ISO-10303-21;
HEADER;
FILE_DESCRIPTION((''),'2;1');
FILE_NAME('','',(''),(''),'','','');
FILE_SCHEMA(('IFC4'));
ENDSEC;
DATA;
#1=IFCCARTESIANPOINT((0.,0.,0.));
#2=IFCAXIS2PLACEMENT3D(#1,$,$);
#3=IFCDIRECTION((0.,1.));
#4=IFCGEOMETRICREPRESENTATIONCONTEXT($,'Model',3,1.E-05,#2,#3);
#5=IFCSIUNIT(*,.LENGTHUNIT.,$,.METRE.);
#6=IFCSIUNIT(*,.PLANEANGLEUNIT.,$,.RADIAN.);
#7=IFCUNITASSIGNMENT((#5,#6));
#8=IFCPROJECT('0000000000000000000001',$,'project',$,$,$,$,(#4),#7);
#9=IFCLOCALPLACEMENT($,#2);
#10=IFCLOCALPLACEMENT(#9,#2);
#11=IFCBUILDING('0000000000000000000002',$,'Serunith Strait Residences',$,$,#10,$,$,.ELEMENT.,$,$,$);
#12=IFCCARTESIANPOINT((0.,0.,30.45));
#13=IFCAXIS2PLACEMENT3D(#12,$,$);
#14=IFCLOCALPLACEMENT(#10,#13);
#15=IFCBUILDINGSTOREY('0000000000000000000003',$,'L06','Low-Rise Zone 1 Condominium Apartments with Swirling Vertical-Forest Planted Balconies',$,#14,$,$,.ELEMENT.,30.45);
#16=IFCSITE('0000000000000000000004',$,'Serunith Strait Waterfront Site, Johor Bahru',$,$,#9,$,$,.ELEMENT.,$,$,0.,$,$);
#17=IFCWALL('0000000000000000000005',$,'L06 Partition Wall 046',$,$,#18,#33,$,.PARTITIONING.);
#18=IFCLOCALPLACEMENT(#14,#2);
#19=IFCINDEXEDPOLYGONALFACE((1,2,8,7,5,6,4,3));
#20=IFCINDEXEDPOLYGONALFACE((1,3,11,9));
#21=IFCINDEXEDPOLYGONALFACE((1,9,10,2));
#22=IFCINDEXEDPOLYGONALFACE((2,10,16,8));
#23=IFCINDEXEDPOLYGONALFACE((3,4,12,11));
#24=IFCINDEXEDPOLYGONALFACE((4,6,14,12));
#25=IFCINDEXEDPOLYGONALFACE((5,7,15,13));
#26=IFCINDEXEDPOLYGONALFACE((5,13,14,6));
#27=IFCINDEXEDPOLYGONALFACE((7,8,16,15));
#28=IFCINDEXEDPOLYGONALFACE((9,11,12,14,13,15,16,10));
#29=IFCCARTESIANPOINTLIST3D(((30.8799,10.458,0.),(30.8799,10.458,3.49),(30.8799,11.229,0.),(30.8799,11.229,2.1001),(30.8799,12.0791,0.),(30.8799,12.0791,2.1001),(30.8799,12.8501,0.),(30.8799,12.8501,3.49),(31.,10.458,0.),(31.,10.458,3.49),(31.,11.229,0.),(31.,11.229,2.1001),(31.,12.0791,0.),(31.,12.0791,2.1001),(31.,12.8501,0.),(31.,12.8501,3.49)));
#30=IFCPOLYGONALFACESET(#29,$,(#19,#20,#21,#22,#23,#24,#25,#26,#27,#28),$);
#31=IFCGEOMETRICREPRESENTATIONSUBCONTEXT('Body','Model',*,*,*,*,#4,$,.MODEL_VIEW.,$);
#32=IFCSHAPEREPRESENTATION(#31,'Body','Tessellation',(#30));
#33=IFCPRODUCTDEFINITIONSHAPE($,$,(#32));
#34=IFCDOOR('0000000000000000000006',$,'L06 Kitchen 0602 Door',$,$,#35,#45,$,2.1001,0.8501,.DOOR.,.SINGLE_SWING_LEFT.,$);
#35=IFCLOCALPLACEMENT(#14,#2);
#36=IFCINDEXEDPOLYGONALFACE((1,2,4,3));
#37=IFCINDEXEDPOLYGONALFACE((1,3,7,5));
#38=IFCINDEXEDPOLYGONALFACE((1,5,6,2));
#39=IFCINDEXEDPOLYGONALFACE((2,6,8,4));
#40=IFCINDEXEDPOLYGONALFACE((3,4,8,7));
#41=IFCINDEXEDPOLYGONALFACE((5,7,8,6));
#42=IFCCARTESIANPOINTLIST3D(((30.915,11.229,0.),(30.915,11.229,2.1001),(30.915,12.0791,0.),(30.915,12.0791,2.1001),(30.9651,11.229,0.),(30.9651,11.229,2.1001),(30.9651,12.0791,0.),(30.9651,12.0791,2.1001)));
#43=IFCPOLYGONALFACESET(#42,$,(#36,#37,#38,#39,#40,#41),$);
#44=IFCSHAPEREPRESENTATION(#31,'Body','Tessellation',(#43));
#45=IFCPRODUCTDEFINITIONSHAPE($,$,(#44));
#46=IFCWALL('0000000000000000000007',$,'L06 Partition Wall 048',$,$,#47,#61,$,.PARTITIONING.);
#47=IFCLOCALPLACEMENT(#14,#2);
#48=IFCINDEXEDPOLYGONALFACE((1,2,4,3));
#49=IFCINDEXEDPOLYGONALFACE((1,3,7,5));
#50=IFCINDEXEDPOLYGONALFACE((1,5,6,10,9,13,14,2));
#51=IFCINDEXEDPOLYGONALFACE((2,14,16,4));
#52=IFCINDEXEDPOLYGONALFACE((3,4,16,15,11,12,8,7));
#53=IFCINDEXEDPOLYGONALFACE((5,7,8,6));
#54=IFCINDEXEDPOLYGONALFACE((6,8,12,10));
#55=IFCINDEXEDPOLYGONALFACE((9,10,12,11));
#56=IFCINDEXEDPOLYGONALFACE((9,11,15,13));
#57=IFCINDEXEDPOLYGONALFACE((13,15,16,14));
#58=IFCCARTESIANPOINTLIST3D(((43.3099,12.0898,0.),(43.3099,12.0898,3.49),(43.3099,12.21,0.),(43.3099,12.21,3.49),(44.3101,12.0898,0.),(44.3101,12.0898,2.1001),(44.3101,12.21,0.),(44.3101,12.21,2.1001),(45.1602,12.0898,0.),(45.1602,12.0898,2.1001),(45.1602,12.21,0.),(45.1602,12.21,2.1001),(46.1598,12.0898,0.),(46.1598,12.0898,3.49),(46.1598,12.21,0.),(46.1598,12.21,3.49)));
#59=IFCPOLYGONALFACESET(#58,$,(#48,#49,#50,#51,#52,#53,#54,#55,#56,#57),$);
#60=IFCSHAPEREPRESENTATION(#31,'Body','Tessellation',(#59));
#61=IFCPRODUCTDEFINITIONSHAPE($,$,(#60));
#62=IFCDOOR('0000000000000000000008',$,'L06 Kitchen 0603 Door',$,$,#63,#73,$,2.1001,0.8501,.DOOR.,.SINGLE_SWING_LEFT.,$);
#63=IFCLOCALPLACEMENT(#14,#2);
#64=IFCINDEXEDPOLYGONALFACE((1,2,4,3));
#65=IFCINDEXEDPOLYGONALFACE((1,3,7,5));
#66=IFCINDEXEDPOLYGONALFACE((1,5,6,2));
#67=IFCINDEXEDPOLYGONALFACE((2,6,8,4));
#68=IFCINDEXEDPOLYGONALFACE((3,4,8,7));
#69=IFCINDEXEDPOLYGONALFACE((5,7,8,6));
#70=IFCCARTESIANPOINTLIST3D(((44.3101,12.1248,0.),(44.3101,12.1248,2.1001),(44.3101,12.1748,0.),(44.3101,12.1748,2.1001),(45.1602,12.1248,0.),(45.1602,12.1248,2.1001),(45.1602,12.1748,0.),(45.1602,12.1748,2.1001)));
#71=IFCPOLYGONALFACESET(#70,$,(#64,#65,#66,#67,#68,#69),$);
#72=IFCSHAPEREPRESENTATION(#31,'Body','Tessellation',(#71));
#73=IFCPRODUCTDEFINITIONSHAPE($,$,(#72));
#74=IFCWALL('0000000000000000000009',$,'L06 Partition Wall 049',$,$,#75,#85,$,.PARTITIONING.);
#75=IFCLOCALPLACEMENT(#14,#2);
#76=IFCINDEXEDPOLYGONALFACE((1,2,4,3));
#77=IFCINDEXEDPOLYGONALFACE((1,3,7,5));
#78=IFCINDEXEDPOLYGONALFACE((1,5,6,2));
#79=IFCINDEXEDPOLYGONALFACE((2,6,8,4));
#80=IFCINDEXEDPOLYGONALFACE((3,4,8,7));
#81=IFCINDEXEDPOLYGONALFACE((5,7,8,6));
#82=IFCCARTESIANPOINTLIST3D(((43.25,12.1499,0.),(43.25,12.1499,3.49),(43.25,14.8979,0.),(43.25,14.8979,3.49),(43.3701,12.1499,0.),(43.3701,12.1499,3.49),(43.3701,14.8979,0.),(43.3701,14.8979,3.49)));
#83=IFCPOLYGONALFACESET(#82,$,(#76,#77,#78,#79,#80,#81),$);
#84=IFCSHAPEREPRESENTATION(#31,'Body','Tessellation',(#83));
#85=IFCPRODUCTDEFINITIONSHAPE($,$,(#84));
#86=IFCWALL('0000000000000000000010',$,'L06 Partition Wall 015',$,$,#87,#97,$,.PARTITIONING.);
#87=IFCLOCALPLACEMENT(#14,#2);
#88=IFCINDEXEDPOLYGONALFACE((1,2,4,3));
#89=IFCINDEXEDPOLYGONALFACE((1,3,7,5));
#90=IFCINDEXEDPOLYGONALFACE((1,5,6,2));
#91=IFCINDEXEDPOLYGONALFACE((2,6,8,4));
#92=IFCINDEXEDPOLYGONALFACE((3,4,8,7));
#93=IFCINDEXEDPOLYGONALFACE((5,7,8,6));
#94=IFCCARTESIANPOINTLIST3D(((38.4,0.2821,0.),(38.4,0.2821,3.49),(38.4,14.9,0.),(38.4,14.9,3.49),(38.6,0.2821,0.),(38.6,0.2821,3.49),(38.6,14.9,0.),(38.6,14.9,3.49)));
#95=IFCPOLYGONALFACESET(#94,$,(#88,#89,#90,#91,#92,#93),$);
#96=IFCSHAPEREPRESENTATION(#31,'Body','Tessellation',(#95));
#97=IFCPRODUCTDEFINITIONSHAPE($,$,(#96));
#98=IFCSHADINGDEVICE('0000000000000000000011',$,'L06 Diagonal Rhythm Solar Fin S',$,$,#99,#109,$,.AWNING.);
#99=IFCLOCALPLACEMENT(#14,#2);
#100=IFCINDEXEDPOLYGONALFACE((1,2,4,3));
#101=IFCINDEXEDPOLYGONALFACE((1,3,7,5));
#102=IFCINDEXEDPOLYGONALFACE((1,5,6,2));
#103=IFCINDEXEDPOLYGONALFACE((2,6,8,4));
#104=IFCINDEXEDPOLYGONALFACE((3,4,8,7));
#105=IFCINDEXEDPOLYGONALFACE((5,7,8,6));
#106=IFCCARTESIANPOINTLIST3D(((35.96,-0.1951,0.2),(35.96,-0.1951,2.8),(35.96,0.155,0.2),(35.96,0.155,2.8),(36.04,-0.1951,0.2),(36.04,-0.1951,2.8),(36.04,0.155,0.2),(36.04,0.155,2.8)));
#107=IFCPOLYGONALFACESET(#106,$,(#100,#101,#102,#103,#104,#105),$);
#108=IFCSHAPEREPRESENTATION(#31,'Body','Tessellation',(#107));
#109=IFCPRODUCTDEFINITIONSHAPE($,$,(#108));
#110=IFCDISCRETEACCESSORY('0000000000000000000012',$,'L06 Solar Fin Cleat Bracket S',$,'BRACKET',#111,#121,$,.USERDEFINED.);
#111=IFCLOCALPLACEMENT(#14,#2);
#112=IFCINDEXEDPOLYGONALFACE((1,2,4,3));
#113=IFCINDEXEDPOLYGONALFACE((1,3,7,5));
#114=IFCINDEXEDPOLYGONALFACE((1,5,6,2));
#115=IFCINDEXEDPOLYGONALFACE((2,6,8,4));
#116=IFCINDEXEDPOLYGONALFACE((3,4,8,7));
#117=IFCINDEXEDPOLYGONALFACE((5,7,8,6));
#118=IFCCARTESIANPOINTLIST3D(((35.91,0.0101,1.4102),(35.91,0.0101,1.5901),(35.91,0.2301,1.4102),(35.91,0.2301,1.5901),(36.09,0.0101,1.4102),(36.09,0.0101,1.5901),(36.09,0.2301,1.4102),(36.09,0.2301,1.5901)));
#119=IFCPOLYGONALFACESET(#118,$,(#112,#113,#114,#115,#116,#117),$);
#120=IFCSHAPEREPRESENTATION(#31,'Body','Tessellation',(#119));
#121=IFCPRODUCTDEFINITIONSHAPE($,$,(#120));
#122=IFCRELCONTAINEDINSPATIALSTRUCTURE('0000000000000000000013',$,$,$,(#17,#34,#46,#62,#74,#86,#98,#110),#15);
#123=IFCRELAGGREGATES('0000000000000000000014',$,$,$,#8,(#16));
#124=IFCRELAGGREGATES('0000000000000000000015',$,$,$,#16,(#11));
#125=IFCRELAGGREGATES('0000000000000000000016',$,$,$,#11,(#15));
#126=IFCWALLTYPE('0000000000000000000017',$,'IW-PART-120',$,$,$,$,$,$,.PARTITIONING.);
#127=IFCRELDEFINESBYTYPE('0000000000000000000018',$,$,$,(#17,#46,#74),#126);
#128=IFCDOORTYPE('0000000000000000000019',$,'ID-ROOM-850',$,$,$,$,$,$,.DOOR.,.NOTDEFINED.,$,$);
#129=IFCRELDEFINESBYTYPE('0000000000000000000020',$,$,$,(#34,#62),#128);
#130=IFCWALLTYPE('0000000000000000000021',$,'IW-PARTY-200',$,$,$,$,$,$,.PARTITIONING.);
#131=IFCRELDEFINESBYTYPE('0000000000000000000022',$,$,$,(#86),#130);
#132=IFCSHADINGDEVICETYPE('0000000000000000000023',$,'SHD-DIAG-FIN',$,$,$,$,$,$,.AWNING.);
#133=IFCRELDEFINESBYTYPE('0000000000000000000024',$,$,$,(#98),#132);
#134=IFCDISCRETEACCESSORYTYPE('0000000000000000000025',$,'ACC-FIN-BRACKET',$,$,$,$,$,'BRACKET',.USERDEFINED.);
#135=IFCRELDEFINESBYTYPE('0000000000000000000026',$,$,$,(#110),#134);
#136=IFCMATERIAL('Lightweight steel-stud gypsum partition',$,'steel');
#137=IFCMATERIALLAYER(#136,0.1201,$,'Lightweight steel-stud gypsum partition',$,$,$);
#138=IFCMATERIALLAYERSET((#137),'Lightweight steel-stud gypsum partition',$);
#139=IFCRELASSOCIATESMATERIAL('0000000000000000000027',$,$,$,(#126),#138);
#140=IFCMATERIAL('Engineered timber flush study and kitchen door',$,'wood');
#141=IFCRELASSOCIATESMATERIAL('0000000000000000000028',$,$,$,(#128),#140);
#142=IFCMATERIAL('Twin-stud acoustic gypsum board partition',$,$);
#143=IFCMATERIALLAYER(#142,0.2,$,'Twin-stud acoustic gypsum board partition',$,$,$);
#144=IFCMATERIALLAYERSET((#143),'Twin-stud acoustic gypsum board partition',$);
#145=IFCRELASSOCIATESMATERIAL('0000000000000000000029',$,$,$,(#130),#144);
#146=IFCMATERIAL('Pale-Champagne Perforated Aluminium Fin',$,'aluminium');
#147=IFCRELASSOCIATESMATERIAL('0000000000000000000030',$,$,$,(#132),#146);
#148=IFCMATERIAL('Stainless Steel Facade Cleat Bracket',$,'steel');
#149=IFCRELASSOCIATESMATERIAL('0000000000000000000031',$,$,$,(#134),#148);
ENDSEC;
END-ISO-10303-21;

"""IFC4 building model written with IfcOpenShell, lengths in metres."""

from ifc_helpers import new_model, si_unit, direction, frame, frame_2d, origin, origin_2d, place, context, subcontext, project, spatial, rectangle, extrude, source, transform, mapped, material, layer, layer_set, type_object, element, fill, save


model = new_model("IFC4")

# Units and contexts
model_context = context("Model", 3, precision=1e-05, world=origin(), true_north=direction((0.0, 1.0)))
body_context = subcontext(model_context, "Body", "Model", "MODEL_VIEW")
ifc_project = project(units=[si_unit("LENGTHUNIT", "METRE"), si_unit("PLANEANGLEUNIT", "RADIAN")], contexts=[model_context])

# Site, building, storey
site_placement = place(None, origin())
site = spatial("IfcSite", under=ifc_project, at=site_placement, Name="Serunith Strait Waterfront Site, Johor Bahru", CompositionType="ELEMENT", RefElevation=0.0)
building_placement = place(site_placement, origin())
building = spatial("IfcBuilding", under=site, at=building_placement, Name="Serunith Strait Residences", CompositionType="ELEMENT")
storey_placement = place(building_placement, frame((0.0, 0.0, 30.45)))
storey = spatial("IfcBuildingStorey", under=building, at=storey_placement, Name="L06", Description="Low-Rise Zone 1 Condominium Apartments with Swirling Vertical-Forest Planted Balconies", CompositionType="ELEMENT", Elevation=30.45)

# Shared definitions
ifc_material_1 = material(Name="Lightweight steel-stud gypsum partition", Category="steel")
ifc_layer_1 = layer(ifc_material_1, 0.1201, Name="Lightweight steel-stud gypsum partition")
ifc_layer_set_1 = layer_set([ifc_layer_1], Name="Lightweight steel-stud gypsum partition")
wall_type_1 = type_object("IfcWallType", Name="IW-PART-120", PredefinedType="PARTITIONING", material=ifc_layer_set_1)

# Walls, openings, doors
ifc_material_2 = material(Name="Engineered timber flush study and kitchen door", Category="wood")
door_type = type_object("IfcDoorType", Name="ID-ROOM-850", OperationType="NOTDEFINED", PredefinedType="DOOR", material=ifc_material_2)
shared_shape_1 = source(origin(), body_context, "Body", "SweptSolid", [
    extrude(rectangle(XDim=0.8501, YDim=2.1001, at=frame_2d((0.425, 1.05))), frame((0.0, 0.0249, 0.0), z_axis=(0.0, -1.0, 0.0), x_axis=(1.0, 0.0, 0.0)), (0.0, 0.0, 1.0), 0.05),
])
wall_1_placement = place(storey_placement, frame((30.9399, 10.458, 0.0), z_axis=(0.0, 0.0, 1.0), x_axis=(0.0, 1.0, 0.0)))
wall_1 = element("IfcWall", 1, at=wall_1_placement, inside=storey, type_object=wall_type_1, Name="L06 Partition Wall 046", PredefinedType="PARTITIONING", context=body_context, shape_type="SweptSolid", body=[
    extrude(rectangle(XDim=2.3921, YDim=0.1201, at=frame_2d((1.196, 0.0))), origin(), (0.0, 0.0, 1.0), 3.49),
])
opening_1_placement = place(wall_1_placement, frame((0.771, 0.0, 0.0)))
opening_1 = element("IfcOpeningElement", 2, at=opening_1_placement, cuts=wall_1, PredefinedType="OPENING", context=body_context, shape_type="SweptSolid", body=[
    extrude(rectangle(XDim=0.8501, YDim=2.1001, at=frame_2d((0.425, 1.05))), frame((0.0, 0.0701, 0.0), z_axis=(0.0, -1.0, 0.0), x_axis=(1.0, 0.0, 0.0)), (0.0, 0.0, 1.0), 0.1401),
])
door_1_placement = place(opening_1_placement, origin())
door_1 = element("IfcDoor", 3, at=door_1_placement, inside=storey, type_object=door_type, Name="L06 Kitchen 0602 Door", OperationType="SINGLE_SWING_LEFT", OverallHeight=2.1001, OverallWidth=0.8501, PredefinedType="DOOR", context=body_context, shape_type="MappedRepresentation", body=[
    mapped(shared_shape_1, transform((0.0, 0.0, 0.0), scale=1.0)),
])
fill(opening_1, door_1)
wall_2_placement = place(storey_placement, frame((43.3101, 12.1499, 0.0), z_axis=(0.0, 0.0, 1.0), x_axis=(1.0, 0.0, 0.0)))
wall_2 = element("IfcWall", 4, at=wall_2_placement, inside=storey, type_object=wall_type_1, Name="L06 Partition Wall 048", PredefinedType="PARTITIONING", context=body_context, shape_type="SweptSolid", body=[
    extrude(rectangle(XDim=2.8499, YDim=0.1201, at=frame_2d((1.4248, 0.0))), origin(), (0.0, 0.0, 1.0), 3.49),
])
opening_2_placement = place(wall_2_placement, frame((1.0, 0.0, 0.0)))
opening_2 = element("IfcOpeningElement", 5, at=opening_2_placement, cuts=wall_2, PredefinedType="OPENING", context=body_context, shape_type="SweptSolid", body=[
    extrude(rectangle(XDim=0.8501, YDim=2.1001, at=frame_2d((0.425, 1.05))), frame((0.0, 0.0701, 0.0), z_axis=(0.0, -1.0, 0.0), x_axis=(1.0, 0.0, 0.0)), (0.0, 0.0, 1.0), 0.1401),
])
door_2_placement = place(opening_2_placement, origin())
door_2 = element("IfcDoor", 6, at=door_2_placement, inside=storey, type_object=door_type, Name="L06 Kitchen 0603 Door", OperationType="SINGLE_SWING_LEFT", OverallHeight=2.1001, OverallWidth=0.8501, PredefinedType="DOOR", context=body_context, shape_type="MappedRepresentation", body=[
    mapped(shared_shape_1, transform((0.0, 0.0, 0.0), scale=1.0)),
])
fill(opening_2, door_2)

# Walls
wall_3_placement = place(storey_placement, frame((43.3101, 12.1499, 0.0), z_axis=(0.0, 0.0, 1.0), x_axis=(0.0, 1.0, 0.0)))
element("IfcWall", 7, at=wall_3_placement, inside=storey, type_object=wall_type_1, Name="L06 Partition Wall 049", PredefinedType="PARTITIONING", context=body_context, shape_type="SweptSolid", body=[
    extrude(rectangle(XDim=2.748, YDim=0.1201, at=frame_2d((1.374, 0.0))), origin(), (0.0, 0.0, 1.0), 3.49),
])
ifc_material_3 = material(Name="Twin-stud acoustic gypsum board partition")
ifc_layer_2 = layer(ifc_material_3, 0.2, Name="Twin-stud acoustic gypsum board partition")
ifc_layer_set_2 = layer_set([ifc_layer_2], Name="Twin-stud acoustic gypsum board partition")
wall_type_2 = type_object("IfcWallType", Name="IW-PARTY-200", PredefinedType="PARTITIONING", material=ifc_layer_set_2)
wall_4_placement = place(storey_placement, frame((38.5, 0.282, 0.0), z_axis=(0.0, 0.0, 1.0), x_axis=(0.0, 1.0, 0.0)))
element("IfcWall", 8, at=wall_4_placement, inside=storey, type_object=wall_type_2, Name="L06 Partition Wall 015", PredefinedType="PARTITIONING", context=body_context, shape_type="SweptSolid", body=[
    extrude(rectangle(XDim=14.6179, YDim=0.2, at=frame_2d((7.3091, 0.0))), origin(), (0.0, 0.0, 1.0), 3.49),
])

# Shading device
ifc_material_4 = material(Name="Pale-Champagne Perforated Aluminium Fin", Category="aluminium")
shading_device_type = type_object("IfcShadingDeviceType", Name="SHD-DIAG-FIN", PredefinedType="AWNING", material=ifc_material_4)
shared_shape_2 = source(origin(), body_context, "Body", "SweptSolid", [
    extrude(rectangle(XDim=0.0801, YDim=0.3501, at=origin_2d()), origin(), (0.0, 0.0, 1.0), 2.6001),
])
shading_device_placement = place(storey_placement, frame((36.0, -0.02, 0.2), z_axis=(0.0, 0.0, 1.0), x_axis=(1.0, 0.0, 0.0)))
element("IfcShadingDevice", 9, at=shading_device_placement, inside=storey, type_object=shading_device_type, Name="L06 Diagonal Rhythm Solar Fin S", PredefinedType="AWNING", context=body_context, shape_type="MappedRepresentation", body=[
    mapped(shared_shape_2, transform((0.0, 0.0, 0.0), scale=1.0)),
])

# Discrete accessory
ifc_material_5 = material(Name="Stainless Steel Facade Cleat Bracket", Category="steel")
discrete_accessory_type = type_object("IfcDiscreteAccessoryType", Name="ACC-FIN-BRACKET", ElementType="BRACKET", PredefinedType="USERDEFINED", material=ifc_material_5)
shared_shape_3 = source(origin(), body_context, "Body", "SweptSolid", [
    extrude(rectangle(XDim=0.1799, YDim=0.22, at=origin_2d()), origin(), (0.0, 0.0, 1.0), 0.1799),
])
discrete_accessory_placement = place(storey_placement, frame((36.0, 0.1201, 1.4102), z_axis=(0.0, 0.0, 1.0), x_axis=(1.0, 0.0, 0.0)))
element("IfcDiscreteAccessory", 10, at=discrete_accessory_placement, inside=storey, type_object=discrete_accessory_type, Name="L06 Solar Fin Cleat Bracket S", ObjectType="BRACKET", PredefinedType="USERDEFINED", context=body_context, shape_type="MappedRepresentation", body=[
    mapped(shared_shape_3, transform((0.0, 0.0, 0.0), scale=1.0)),
])

save(model, "model.ifc")
